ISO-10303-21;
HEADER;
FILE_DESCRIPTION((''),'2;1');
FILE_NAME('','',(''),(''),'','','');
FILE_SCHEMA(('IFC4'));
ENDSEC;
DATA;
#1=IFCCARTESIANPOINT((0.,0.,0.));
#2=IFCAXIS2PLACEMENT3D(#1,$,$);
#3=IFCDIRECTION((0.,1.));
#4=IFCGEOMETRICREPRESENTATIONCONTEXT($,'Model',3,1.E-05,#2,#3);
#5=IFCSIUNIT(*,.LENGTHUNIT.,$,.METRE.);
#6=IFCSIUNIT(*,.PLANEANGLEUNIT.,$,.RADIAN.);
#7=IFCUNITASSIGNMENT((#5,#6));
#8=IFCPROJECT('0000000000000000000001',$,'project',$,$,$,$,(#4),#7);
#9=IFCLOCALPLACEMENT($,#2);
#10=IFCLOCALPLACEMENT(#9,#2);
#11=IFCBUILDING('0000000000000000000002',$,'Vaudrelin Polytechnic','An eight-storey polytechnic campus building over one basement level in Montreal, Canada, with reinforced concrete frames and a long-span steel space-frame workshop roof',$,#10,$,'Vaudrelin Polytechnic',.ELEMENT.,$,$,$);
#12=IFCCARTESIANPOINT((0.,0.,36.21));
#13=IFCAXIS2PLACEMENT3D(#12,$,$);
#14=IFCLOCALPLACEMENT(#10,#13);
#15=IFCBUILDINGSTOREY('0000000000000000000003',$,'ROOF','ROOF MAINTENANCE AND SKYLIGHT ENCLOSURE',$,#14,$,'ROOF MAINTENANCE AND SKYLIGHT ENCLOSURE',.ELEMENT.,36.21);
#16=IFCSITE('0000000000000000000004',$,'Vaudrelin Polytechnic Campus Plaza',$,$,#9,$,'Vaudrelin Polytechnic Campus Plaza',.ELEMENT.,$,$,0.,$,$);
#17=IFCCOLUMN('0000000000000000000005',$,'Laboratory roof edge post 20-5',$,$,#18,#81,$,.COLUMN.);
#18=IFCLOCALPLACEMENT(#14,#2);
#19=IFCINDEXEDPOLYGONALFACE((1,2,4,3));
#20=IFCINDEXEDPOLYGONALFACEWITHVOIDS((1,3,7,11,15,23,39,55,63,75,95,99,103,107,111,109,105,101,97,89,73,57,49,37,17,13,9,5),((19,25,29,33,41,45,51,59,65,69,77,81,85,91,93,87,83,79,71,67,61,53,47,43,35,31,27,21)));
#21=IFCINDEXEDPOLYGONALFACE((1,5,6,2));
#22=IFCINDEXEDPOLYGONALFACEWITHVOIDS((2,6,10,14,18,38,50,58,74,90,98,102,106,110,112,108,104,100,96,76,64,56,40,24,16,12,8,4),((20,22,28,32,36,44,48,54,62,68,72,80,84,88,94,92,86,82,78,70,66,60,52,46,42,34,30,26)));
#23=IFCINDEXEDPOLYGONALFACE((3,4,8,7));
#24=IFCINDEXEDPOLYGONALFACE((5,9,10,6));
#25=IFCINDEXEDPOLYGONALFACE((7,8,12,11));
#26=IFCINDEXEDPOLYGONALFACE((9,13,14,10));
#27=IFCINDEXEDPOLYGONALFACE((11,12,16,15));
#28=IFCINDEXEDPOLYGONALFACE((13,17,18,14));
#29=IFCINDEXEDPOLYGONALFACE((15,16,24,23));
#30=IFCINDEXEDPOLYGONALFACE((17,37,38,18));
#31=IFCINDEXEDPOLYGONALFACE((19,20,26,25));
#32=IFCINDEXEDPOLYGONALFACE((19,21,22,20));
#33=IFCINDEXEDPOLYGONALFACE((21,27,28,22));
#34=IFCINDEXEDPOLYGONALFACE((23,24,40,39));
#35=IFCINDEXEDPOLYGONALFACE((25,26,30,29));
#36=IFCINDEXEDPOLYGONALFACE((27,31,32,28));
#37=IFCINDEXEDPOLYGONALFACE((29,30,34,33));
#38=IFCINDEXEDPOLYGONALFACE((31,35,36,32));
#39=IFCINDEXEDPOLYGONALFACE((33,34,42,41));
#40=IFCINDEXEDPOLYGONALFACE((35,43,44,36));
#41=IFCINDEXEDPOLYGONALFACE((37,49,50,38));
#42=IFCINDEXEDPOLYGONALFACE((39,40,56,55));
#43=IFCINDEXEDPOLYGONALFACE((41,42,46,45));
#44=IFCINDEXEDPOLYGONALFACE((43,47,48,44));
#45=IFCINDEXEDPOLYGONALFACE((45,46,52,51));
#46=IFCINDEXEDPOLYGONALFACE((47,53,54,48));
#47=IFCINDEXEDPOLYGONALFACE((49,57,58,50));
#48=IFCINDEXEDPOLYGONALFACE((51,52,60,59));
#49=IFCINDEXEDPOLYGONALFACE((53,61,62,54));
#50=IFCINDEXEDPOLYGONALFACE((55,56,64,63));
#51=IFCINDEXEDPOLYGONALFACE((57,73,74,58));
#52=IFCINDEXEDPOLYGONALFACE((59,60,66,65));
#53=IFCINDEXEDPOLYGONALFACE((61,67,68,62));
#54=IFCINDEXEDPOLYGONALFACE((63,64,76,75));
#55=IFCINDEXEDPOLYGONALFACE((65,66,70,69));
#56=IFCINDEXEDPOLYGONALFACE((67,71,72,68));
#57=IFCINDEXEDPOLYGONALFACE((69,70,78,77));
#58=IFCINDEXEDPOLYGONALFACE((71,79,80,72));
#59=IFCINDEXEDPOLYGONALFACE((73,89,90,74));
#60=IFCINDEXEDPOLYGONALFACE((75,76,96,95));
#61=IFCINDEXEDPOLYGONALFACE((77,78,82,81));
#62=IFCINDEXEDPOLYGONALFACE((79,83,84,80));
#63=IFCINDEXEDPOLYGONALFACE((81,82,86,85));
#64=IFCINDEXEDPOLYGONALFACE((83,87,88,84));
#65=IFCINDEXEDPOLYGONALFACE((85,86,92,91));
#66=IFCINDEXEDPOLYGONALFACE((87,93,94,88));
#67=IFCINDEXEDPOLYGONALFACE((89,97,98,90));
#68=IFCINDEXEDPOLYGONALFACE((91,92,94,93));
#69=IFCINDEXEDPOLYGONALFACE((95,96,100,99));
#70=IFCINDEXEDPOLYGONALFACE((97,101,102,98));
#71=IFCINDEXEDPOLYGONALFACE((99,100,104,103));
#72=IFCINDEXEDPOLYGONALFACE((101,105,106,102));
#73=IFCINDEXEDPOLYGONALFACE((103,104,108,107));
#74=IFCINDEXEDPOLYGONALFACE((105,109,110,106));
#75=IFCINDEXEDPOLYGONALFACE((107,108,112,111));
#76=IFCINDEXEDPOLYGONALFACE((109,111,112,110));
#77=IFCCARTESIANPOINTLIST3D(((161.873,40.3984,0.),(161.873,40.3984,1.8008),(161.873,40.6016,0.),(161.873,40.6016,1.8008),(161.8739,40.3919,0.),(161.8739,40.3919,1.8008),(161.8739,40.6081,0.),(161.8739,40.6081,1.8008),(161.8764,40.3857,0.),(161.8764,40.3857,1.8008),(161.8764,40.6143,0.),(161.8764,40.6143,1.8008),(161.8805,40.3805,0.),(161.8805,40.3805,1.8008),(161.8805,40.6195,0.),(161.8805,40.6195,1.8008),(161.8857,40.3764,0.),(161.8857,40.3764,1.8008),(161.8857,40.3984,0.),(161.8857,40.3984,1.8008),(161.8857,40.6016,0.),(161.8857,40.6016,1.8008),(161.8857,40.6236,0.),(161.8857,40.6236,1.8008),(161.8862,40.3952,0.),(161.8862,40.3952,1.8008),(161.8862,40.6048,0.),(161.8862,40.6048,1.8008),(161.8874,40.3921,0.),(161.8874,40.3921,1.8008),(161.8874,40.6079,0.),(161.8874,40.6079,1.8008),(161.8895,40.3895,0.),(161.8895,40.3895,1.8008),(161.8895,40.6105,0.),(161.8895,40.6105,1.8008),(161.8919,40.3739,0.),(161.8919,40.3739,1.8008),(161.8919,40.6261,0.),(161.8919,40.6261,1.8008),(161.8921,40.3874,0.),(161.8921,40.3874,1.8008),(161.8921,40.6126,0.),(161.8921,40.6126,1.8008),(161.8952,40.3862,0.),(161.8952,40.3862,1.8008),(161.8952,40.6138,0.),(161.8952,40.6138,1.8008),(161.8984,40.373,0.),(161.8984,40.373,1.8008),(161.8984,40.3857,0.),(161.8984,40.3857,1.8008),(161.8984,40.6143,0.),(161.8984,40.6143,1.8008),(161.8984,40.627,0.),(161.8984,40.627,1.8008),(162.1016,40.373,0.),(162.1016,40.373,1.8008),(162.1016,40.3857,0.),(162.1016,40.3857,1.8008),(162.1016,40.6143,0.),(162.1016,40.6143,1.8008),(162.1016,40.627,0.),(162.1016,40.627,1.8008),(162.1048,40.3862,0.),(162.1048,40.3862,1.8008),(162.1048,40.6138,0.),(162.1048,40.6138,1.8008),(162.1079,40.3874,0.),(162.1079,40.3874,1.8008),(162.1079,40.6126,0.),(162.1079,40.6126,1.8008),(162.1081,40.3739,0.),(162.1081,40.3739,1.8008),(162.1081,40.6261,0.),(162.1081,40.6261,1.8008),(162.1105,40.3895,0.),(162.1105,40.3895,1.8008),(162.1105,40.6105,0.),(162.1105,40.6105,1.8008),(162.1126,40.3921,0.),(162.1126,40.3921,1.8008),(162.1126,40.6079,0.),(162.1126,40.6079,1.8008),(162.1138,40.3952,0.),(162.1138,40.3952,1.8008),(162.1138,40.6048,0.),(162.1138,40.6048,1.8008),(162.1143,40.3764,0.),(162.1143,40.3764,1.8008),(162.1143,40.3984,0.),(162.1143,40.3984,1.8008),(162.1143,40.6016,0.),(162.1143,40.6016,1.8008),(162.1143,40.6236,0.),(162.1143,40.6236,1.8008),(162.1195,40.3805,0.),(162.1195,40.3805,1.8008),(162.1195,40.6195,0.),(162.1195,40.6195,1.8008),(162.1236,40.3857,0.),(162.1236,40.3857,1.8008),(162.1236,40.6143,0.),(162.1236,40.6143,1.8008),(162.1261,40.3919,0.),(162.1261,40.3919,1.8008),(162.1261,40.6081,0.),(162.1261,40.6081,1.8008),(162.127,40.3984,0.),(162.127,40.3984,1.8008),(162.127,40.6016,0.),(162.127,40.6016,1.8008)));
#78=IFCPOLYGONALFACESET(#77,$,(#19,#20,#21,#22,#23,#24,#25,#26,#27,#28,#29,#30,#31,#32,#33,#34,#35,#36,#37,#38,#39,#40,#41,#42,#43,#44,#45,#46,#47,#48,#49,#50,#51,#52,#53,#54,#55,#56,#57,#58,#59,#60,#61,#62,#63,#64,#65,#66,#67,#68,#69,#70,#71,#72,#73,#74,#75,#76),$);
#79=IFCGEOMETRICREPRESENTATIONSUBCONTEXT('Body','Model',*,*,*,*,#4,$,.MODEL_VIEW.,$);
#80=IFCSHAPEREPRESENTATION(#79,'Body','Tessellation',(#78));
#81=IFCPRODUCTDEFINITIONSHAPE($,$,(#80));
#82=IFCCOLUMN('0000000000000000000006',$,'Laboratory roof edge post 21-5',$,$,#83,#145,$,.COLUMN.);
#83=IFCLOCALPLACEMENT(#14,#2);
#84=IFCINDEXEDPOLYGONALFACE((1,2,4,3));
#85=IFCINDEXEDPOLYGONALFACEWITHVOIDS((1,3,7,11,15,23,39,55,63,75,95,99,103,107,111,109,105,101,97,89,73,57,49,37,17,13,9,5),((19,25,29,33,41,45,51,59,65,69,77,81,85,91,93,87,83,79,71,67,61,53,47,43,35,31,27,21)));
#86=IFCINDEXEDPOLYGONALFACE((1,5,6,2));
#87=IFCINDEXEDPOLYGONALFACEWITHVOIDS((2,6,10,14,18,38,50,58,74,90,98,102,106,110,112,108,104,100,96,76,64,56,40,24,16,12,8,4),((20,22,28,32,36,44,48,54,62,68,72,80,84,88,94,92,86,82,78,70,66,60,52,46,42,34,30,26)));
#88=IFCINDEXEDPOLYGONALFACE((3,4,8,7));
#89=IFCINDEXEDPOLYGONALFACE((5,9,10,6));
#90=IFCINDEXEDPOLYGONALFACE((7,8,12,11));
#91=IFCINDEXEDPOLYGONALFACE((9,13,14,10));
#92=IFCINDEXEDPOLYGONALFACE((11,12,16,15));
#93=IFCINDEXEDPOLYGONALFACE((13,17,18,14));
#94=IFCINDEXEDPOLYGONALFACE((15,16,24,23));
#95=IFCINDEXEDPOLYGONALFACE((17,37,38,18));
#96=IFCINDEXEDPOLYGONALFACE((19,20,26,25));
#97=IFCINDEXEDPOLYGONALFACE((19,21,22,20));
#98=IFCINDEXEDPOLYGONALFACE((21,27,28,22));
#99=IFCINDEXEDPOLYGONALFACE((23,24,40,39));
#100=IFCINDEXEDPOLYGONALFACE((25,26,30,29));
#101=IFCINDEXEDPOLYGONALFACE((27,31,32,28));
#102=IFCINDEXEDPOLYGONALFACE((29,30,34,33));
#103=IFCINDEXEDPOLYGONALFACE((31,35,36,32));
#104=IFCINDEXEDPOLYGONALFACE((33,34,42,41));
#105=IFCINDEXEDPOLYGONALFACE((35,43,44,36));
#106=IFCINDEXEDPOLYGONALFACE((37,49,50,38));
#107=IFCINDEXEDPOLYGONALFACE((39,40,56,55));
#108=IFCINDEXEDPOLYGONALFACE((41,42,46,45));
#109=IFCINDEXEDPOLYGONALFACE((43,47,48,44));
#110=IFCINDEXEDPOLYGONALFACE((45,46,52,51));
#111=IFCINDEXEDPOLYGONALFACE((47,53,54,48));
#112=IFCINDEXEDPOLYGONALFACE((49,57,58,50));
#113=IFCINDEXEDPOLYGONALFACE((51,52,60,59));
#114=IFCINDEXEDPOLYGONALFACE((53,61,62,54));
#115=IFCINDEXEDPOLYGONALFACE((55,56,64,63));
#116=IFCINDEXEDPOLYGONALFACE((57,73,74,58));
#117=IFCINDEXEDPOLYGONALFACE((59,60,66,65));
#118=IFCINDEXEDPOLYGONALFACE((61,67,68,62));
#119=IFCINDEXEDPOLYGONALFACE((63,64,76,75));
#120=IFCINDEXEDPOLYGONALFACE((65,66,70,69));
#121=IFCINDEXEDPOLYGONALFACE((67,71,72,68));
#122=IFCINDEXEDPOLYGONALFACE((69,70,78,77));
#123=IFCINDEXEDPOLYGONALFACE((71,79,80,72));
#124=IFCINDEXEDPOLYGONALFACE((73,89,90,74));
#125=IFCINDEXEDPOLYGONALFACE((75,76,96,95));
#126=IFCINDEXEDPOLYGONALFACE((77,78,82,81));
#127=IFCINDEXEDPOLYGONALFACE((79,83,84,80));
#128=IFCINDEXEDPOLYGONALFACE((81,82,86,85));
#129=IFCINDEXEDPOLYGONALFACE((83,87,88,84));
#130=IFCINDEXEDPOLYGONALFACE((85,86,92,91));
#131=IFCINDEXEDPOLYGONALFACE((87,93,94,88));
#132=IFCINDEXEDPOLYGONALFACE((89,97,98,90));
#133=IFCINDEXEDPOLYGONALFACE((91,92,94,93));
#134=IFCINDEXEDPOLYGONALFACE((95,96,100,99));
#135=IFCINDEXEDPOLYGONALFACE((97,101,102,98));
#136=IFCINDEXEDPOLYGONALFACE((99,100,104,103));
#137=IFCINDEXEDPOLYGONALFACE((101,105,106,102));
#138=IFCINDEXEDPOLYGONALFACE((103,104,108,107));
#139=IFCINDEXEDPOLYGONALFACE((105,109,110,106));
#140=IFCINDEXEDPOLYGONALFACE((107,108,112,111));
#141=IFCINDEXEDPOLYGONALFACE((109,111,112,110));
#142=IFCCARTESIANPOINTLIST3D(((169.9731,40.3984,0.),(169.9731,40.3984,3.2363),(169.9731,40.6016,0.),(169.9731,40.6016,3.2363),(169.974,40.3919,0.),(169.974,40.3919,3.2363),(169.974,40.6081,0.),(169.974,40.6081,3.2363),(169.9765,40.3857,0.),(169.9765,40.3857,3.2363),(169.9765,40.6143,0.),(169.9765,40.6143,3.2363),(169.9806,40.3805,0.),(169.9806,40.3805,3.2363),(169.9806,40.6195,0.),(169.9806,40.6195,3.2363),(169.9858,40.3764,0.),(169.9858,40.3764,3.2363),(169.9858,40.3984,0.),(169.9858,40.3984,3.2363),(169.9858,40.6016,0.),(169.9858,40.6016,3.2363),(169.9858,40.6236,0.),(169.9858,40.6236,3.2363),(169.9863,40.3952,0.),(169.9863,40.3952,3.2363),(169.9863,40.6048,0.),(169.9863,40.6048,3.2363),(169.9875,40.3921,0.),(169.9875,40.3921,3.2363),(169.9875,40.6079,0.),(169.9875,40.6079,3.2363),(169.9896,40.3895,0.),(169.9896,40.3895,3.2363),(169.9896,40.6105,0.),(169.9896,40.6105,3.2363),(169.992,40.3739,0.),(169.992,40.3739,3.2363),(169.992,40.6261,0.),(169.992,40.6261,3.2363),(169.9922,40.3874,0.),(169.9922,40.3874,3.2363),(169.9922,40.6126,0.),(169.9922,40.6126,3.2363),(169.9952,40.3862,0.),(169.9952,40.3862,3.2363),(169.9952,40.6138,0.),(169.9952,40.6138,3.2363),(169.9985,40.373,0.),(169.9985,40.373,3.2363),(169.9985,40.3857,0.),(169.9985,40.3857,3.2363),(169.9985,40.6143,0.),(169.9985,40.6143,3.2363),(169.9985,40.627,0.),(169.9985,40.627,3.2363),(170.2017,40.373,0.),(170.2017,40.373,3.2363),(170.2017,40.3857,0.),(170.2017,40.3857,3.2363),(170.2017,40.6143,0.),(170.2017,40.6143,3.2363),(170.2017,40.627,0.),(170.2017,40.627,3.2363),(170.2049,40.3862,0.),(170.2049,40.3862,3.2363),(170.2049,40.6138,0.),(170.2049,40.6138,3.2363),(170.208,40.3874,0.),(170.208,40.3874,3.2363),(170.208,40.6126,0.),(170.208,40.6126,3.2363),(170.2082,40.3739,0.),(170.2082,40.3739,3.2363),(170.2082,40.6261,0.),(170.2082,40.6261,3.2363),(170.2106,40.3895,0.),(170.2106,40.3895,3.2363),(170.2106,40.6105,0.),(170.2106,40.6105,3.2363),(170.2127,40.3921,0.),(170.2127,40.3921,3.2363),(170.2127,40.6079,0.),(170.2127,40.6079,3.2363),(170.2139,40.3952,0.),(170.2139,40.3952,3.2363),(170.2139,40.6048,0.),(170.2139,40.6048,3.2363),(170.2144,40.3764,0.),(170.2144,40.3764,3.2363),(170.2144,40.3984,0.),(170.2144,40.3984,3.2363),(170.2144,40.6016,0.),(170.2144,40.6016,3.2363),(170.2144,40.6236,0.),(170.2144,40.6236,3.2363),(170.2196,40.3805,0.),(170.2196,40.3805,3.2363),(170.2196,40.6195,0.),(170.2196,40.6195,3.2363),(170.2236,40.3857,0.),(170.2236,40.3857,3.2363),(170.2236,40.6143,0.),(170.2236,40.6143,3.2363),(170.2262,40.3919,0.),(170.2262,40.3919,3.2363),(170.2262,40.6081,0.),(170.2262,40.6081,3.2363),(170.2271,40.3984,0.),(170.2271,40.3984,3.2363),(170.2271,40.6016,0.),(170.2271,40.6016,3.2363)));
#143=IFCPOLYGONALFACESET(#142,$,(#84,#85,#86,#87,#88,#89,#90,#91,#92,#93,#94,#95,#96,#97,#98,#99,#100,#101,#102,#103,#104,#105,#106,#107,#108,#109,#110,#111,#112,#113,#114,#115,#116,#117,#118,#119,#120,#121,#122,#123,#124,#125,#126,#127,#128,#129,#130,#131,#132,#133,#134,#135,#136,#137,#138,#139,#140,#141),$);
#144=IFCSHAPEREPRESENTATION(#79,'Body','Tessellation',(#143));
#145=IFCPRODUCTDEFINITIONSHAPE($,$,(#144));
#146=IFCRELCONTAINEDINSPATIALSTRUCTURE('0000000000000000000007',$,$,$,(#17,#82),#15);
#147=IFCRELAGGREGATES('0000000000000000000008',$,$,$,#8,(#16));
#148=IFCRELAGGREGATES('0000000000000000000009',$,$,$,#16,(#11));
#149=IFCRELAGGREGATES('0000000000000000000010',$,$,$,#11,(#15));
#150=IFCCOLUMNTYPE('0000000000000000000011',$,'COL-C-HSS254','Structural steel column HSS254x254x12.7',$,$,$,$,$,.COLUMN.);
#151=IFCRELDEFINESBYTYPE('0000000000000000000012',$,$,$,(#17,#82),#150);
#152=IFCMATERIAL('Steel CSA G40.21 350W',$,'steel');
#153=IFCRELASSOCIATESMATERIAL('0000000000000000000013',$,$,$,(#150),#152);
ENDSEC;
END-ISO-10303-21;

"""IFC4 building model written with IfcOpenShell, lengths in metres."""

from ifc_helpers import new_model, si_unit, direction, frame, origin, origin_2d, place, context, subcontext, project, spatial, hollow_rectangle, extrude, material, material_profile, profile_set, type_object, element, save


model = new_model("IFC4")

# Units and contexts
model_context = context("Model", 3, precision=1e-05, world=origin(), true_north=direction((0.0, 1.0)))
body_context = subcontext(model_context, "Body", "Model", "MODEL_VIEW")
ifc_project = project(units=[si_unit("LENGTHUNIT", "METRE"), si_unit("PLANEANGLEUNIT", "RADIAN")], contexts=[model_context])

# Site, building, storey
site_placement = place(None, origin())
site = spatial("IfcSite", under=ifc_project, at=site_placement, Name="Vaudrelin Polytechnic Campus Plaza", LongName="Vaudrelin Polytechnic Campus Plaza", CompositionType="ELEMENT", RefElevation=0.0)
building_placement = place(site_placement, origin())
building = spatial("IfcBuilding", under=site, at=building_placement, Name="Vaudrelin Polytechnic", Description="An eight-storey polytechnic campus building over one basement level in Montreal, Canada, with reinforced concrete frames and a long-span steel space-frame workshop roof", LongName="Vaudrelin Polytechnic", CompositionType="ELEMENT")
storey_placement = place(building_placement, frame((0.0, 0.0, 36.21)))
storey = spatial("IfcBuildingStorey", under=building, at=storey_placement, Name="ROOF", Description="ROOF MAINTENANCE AND SKYLIGHT ENCLOSURE", LongName="ROOF MAINTENANCE AND SKYLIGHT ENCLOSURE", CompositionType="ELEMENT", Elevation=36.21)

# Columns
ifc_material_1 = material(Name="Steel CSA G40.21 350W", Category="steel")
ifc_material_profile = material_profile(ifc_material_1, hollow_rectangle(XDim=0.2539, YDim=0.2539, WallThickness=0.0127, InnerFilletRadius=0.0127, OuterFilletRadius=0.0254, at=origin_2d()), Name="HSS254x254x12.7")
ifc_profile_set = profile_set([ifc_material_profile], Name="Steel CSA G40.21 350W")
column_type = type_object("IfcColumnType", Name="COL-C-HSS254", Description="Structural steel column HSS254x254x12.7", PredefinedType="COLUMN", material=ifc_profile_set)
column_1_placement = place(storey_placement, frame((162.0, 40.5, 0.0), z_axis=(0.0, 0.0, 1.0), x_axis=(1.0, 0.0, 0.0)))
element("IfcColumn", 1, at=column_1_placement, inside=storey, type_object=column_type, Name="Laboratory roof edge post 20-5", PredefinedType="COLUMN", context=body_context, shape_type="SweptSolid", body=[
    extrude(hollow_rectangle(XDim=0.2539, YDim=0.2539, WallThickness=0.0127, InnerFilletRadius=0.0127, OuterFilletRadius=0.0254, at=origin_2d()), origin(), (0.0, 0.0, 1.0), 1.8008),
])
column_2_placement = place(storey_placement, frame((170.1001, 40.5, 0.0), z_axis=(0.0, 0.0, 1.0), x_axis=(1.0, 0.0, 0.0)))
element("IfcColumn", 2, at=column_2_placement, inside=storey, type_object=column_type, Name="Laboratory roof edge post 21-5", PredefinedType="COLUMN", context=body_context, shape_type="SweptSolid", body=[
    extrude(hollow_rectangle(XDim=0.2539, YDim=0.2539, WallThickness=0.0127, InnerFilletRadius=0.0127, OuterFilletRadius=0.0254, at=origin_2d()), origin(), (0.0, 0.0, 1.0), 3.2363),
])

save(model, "model.ifc")
